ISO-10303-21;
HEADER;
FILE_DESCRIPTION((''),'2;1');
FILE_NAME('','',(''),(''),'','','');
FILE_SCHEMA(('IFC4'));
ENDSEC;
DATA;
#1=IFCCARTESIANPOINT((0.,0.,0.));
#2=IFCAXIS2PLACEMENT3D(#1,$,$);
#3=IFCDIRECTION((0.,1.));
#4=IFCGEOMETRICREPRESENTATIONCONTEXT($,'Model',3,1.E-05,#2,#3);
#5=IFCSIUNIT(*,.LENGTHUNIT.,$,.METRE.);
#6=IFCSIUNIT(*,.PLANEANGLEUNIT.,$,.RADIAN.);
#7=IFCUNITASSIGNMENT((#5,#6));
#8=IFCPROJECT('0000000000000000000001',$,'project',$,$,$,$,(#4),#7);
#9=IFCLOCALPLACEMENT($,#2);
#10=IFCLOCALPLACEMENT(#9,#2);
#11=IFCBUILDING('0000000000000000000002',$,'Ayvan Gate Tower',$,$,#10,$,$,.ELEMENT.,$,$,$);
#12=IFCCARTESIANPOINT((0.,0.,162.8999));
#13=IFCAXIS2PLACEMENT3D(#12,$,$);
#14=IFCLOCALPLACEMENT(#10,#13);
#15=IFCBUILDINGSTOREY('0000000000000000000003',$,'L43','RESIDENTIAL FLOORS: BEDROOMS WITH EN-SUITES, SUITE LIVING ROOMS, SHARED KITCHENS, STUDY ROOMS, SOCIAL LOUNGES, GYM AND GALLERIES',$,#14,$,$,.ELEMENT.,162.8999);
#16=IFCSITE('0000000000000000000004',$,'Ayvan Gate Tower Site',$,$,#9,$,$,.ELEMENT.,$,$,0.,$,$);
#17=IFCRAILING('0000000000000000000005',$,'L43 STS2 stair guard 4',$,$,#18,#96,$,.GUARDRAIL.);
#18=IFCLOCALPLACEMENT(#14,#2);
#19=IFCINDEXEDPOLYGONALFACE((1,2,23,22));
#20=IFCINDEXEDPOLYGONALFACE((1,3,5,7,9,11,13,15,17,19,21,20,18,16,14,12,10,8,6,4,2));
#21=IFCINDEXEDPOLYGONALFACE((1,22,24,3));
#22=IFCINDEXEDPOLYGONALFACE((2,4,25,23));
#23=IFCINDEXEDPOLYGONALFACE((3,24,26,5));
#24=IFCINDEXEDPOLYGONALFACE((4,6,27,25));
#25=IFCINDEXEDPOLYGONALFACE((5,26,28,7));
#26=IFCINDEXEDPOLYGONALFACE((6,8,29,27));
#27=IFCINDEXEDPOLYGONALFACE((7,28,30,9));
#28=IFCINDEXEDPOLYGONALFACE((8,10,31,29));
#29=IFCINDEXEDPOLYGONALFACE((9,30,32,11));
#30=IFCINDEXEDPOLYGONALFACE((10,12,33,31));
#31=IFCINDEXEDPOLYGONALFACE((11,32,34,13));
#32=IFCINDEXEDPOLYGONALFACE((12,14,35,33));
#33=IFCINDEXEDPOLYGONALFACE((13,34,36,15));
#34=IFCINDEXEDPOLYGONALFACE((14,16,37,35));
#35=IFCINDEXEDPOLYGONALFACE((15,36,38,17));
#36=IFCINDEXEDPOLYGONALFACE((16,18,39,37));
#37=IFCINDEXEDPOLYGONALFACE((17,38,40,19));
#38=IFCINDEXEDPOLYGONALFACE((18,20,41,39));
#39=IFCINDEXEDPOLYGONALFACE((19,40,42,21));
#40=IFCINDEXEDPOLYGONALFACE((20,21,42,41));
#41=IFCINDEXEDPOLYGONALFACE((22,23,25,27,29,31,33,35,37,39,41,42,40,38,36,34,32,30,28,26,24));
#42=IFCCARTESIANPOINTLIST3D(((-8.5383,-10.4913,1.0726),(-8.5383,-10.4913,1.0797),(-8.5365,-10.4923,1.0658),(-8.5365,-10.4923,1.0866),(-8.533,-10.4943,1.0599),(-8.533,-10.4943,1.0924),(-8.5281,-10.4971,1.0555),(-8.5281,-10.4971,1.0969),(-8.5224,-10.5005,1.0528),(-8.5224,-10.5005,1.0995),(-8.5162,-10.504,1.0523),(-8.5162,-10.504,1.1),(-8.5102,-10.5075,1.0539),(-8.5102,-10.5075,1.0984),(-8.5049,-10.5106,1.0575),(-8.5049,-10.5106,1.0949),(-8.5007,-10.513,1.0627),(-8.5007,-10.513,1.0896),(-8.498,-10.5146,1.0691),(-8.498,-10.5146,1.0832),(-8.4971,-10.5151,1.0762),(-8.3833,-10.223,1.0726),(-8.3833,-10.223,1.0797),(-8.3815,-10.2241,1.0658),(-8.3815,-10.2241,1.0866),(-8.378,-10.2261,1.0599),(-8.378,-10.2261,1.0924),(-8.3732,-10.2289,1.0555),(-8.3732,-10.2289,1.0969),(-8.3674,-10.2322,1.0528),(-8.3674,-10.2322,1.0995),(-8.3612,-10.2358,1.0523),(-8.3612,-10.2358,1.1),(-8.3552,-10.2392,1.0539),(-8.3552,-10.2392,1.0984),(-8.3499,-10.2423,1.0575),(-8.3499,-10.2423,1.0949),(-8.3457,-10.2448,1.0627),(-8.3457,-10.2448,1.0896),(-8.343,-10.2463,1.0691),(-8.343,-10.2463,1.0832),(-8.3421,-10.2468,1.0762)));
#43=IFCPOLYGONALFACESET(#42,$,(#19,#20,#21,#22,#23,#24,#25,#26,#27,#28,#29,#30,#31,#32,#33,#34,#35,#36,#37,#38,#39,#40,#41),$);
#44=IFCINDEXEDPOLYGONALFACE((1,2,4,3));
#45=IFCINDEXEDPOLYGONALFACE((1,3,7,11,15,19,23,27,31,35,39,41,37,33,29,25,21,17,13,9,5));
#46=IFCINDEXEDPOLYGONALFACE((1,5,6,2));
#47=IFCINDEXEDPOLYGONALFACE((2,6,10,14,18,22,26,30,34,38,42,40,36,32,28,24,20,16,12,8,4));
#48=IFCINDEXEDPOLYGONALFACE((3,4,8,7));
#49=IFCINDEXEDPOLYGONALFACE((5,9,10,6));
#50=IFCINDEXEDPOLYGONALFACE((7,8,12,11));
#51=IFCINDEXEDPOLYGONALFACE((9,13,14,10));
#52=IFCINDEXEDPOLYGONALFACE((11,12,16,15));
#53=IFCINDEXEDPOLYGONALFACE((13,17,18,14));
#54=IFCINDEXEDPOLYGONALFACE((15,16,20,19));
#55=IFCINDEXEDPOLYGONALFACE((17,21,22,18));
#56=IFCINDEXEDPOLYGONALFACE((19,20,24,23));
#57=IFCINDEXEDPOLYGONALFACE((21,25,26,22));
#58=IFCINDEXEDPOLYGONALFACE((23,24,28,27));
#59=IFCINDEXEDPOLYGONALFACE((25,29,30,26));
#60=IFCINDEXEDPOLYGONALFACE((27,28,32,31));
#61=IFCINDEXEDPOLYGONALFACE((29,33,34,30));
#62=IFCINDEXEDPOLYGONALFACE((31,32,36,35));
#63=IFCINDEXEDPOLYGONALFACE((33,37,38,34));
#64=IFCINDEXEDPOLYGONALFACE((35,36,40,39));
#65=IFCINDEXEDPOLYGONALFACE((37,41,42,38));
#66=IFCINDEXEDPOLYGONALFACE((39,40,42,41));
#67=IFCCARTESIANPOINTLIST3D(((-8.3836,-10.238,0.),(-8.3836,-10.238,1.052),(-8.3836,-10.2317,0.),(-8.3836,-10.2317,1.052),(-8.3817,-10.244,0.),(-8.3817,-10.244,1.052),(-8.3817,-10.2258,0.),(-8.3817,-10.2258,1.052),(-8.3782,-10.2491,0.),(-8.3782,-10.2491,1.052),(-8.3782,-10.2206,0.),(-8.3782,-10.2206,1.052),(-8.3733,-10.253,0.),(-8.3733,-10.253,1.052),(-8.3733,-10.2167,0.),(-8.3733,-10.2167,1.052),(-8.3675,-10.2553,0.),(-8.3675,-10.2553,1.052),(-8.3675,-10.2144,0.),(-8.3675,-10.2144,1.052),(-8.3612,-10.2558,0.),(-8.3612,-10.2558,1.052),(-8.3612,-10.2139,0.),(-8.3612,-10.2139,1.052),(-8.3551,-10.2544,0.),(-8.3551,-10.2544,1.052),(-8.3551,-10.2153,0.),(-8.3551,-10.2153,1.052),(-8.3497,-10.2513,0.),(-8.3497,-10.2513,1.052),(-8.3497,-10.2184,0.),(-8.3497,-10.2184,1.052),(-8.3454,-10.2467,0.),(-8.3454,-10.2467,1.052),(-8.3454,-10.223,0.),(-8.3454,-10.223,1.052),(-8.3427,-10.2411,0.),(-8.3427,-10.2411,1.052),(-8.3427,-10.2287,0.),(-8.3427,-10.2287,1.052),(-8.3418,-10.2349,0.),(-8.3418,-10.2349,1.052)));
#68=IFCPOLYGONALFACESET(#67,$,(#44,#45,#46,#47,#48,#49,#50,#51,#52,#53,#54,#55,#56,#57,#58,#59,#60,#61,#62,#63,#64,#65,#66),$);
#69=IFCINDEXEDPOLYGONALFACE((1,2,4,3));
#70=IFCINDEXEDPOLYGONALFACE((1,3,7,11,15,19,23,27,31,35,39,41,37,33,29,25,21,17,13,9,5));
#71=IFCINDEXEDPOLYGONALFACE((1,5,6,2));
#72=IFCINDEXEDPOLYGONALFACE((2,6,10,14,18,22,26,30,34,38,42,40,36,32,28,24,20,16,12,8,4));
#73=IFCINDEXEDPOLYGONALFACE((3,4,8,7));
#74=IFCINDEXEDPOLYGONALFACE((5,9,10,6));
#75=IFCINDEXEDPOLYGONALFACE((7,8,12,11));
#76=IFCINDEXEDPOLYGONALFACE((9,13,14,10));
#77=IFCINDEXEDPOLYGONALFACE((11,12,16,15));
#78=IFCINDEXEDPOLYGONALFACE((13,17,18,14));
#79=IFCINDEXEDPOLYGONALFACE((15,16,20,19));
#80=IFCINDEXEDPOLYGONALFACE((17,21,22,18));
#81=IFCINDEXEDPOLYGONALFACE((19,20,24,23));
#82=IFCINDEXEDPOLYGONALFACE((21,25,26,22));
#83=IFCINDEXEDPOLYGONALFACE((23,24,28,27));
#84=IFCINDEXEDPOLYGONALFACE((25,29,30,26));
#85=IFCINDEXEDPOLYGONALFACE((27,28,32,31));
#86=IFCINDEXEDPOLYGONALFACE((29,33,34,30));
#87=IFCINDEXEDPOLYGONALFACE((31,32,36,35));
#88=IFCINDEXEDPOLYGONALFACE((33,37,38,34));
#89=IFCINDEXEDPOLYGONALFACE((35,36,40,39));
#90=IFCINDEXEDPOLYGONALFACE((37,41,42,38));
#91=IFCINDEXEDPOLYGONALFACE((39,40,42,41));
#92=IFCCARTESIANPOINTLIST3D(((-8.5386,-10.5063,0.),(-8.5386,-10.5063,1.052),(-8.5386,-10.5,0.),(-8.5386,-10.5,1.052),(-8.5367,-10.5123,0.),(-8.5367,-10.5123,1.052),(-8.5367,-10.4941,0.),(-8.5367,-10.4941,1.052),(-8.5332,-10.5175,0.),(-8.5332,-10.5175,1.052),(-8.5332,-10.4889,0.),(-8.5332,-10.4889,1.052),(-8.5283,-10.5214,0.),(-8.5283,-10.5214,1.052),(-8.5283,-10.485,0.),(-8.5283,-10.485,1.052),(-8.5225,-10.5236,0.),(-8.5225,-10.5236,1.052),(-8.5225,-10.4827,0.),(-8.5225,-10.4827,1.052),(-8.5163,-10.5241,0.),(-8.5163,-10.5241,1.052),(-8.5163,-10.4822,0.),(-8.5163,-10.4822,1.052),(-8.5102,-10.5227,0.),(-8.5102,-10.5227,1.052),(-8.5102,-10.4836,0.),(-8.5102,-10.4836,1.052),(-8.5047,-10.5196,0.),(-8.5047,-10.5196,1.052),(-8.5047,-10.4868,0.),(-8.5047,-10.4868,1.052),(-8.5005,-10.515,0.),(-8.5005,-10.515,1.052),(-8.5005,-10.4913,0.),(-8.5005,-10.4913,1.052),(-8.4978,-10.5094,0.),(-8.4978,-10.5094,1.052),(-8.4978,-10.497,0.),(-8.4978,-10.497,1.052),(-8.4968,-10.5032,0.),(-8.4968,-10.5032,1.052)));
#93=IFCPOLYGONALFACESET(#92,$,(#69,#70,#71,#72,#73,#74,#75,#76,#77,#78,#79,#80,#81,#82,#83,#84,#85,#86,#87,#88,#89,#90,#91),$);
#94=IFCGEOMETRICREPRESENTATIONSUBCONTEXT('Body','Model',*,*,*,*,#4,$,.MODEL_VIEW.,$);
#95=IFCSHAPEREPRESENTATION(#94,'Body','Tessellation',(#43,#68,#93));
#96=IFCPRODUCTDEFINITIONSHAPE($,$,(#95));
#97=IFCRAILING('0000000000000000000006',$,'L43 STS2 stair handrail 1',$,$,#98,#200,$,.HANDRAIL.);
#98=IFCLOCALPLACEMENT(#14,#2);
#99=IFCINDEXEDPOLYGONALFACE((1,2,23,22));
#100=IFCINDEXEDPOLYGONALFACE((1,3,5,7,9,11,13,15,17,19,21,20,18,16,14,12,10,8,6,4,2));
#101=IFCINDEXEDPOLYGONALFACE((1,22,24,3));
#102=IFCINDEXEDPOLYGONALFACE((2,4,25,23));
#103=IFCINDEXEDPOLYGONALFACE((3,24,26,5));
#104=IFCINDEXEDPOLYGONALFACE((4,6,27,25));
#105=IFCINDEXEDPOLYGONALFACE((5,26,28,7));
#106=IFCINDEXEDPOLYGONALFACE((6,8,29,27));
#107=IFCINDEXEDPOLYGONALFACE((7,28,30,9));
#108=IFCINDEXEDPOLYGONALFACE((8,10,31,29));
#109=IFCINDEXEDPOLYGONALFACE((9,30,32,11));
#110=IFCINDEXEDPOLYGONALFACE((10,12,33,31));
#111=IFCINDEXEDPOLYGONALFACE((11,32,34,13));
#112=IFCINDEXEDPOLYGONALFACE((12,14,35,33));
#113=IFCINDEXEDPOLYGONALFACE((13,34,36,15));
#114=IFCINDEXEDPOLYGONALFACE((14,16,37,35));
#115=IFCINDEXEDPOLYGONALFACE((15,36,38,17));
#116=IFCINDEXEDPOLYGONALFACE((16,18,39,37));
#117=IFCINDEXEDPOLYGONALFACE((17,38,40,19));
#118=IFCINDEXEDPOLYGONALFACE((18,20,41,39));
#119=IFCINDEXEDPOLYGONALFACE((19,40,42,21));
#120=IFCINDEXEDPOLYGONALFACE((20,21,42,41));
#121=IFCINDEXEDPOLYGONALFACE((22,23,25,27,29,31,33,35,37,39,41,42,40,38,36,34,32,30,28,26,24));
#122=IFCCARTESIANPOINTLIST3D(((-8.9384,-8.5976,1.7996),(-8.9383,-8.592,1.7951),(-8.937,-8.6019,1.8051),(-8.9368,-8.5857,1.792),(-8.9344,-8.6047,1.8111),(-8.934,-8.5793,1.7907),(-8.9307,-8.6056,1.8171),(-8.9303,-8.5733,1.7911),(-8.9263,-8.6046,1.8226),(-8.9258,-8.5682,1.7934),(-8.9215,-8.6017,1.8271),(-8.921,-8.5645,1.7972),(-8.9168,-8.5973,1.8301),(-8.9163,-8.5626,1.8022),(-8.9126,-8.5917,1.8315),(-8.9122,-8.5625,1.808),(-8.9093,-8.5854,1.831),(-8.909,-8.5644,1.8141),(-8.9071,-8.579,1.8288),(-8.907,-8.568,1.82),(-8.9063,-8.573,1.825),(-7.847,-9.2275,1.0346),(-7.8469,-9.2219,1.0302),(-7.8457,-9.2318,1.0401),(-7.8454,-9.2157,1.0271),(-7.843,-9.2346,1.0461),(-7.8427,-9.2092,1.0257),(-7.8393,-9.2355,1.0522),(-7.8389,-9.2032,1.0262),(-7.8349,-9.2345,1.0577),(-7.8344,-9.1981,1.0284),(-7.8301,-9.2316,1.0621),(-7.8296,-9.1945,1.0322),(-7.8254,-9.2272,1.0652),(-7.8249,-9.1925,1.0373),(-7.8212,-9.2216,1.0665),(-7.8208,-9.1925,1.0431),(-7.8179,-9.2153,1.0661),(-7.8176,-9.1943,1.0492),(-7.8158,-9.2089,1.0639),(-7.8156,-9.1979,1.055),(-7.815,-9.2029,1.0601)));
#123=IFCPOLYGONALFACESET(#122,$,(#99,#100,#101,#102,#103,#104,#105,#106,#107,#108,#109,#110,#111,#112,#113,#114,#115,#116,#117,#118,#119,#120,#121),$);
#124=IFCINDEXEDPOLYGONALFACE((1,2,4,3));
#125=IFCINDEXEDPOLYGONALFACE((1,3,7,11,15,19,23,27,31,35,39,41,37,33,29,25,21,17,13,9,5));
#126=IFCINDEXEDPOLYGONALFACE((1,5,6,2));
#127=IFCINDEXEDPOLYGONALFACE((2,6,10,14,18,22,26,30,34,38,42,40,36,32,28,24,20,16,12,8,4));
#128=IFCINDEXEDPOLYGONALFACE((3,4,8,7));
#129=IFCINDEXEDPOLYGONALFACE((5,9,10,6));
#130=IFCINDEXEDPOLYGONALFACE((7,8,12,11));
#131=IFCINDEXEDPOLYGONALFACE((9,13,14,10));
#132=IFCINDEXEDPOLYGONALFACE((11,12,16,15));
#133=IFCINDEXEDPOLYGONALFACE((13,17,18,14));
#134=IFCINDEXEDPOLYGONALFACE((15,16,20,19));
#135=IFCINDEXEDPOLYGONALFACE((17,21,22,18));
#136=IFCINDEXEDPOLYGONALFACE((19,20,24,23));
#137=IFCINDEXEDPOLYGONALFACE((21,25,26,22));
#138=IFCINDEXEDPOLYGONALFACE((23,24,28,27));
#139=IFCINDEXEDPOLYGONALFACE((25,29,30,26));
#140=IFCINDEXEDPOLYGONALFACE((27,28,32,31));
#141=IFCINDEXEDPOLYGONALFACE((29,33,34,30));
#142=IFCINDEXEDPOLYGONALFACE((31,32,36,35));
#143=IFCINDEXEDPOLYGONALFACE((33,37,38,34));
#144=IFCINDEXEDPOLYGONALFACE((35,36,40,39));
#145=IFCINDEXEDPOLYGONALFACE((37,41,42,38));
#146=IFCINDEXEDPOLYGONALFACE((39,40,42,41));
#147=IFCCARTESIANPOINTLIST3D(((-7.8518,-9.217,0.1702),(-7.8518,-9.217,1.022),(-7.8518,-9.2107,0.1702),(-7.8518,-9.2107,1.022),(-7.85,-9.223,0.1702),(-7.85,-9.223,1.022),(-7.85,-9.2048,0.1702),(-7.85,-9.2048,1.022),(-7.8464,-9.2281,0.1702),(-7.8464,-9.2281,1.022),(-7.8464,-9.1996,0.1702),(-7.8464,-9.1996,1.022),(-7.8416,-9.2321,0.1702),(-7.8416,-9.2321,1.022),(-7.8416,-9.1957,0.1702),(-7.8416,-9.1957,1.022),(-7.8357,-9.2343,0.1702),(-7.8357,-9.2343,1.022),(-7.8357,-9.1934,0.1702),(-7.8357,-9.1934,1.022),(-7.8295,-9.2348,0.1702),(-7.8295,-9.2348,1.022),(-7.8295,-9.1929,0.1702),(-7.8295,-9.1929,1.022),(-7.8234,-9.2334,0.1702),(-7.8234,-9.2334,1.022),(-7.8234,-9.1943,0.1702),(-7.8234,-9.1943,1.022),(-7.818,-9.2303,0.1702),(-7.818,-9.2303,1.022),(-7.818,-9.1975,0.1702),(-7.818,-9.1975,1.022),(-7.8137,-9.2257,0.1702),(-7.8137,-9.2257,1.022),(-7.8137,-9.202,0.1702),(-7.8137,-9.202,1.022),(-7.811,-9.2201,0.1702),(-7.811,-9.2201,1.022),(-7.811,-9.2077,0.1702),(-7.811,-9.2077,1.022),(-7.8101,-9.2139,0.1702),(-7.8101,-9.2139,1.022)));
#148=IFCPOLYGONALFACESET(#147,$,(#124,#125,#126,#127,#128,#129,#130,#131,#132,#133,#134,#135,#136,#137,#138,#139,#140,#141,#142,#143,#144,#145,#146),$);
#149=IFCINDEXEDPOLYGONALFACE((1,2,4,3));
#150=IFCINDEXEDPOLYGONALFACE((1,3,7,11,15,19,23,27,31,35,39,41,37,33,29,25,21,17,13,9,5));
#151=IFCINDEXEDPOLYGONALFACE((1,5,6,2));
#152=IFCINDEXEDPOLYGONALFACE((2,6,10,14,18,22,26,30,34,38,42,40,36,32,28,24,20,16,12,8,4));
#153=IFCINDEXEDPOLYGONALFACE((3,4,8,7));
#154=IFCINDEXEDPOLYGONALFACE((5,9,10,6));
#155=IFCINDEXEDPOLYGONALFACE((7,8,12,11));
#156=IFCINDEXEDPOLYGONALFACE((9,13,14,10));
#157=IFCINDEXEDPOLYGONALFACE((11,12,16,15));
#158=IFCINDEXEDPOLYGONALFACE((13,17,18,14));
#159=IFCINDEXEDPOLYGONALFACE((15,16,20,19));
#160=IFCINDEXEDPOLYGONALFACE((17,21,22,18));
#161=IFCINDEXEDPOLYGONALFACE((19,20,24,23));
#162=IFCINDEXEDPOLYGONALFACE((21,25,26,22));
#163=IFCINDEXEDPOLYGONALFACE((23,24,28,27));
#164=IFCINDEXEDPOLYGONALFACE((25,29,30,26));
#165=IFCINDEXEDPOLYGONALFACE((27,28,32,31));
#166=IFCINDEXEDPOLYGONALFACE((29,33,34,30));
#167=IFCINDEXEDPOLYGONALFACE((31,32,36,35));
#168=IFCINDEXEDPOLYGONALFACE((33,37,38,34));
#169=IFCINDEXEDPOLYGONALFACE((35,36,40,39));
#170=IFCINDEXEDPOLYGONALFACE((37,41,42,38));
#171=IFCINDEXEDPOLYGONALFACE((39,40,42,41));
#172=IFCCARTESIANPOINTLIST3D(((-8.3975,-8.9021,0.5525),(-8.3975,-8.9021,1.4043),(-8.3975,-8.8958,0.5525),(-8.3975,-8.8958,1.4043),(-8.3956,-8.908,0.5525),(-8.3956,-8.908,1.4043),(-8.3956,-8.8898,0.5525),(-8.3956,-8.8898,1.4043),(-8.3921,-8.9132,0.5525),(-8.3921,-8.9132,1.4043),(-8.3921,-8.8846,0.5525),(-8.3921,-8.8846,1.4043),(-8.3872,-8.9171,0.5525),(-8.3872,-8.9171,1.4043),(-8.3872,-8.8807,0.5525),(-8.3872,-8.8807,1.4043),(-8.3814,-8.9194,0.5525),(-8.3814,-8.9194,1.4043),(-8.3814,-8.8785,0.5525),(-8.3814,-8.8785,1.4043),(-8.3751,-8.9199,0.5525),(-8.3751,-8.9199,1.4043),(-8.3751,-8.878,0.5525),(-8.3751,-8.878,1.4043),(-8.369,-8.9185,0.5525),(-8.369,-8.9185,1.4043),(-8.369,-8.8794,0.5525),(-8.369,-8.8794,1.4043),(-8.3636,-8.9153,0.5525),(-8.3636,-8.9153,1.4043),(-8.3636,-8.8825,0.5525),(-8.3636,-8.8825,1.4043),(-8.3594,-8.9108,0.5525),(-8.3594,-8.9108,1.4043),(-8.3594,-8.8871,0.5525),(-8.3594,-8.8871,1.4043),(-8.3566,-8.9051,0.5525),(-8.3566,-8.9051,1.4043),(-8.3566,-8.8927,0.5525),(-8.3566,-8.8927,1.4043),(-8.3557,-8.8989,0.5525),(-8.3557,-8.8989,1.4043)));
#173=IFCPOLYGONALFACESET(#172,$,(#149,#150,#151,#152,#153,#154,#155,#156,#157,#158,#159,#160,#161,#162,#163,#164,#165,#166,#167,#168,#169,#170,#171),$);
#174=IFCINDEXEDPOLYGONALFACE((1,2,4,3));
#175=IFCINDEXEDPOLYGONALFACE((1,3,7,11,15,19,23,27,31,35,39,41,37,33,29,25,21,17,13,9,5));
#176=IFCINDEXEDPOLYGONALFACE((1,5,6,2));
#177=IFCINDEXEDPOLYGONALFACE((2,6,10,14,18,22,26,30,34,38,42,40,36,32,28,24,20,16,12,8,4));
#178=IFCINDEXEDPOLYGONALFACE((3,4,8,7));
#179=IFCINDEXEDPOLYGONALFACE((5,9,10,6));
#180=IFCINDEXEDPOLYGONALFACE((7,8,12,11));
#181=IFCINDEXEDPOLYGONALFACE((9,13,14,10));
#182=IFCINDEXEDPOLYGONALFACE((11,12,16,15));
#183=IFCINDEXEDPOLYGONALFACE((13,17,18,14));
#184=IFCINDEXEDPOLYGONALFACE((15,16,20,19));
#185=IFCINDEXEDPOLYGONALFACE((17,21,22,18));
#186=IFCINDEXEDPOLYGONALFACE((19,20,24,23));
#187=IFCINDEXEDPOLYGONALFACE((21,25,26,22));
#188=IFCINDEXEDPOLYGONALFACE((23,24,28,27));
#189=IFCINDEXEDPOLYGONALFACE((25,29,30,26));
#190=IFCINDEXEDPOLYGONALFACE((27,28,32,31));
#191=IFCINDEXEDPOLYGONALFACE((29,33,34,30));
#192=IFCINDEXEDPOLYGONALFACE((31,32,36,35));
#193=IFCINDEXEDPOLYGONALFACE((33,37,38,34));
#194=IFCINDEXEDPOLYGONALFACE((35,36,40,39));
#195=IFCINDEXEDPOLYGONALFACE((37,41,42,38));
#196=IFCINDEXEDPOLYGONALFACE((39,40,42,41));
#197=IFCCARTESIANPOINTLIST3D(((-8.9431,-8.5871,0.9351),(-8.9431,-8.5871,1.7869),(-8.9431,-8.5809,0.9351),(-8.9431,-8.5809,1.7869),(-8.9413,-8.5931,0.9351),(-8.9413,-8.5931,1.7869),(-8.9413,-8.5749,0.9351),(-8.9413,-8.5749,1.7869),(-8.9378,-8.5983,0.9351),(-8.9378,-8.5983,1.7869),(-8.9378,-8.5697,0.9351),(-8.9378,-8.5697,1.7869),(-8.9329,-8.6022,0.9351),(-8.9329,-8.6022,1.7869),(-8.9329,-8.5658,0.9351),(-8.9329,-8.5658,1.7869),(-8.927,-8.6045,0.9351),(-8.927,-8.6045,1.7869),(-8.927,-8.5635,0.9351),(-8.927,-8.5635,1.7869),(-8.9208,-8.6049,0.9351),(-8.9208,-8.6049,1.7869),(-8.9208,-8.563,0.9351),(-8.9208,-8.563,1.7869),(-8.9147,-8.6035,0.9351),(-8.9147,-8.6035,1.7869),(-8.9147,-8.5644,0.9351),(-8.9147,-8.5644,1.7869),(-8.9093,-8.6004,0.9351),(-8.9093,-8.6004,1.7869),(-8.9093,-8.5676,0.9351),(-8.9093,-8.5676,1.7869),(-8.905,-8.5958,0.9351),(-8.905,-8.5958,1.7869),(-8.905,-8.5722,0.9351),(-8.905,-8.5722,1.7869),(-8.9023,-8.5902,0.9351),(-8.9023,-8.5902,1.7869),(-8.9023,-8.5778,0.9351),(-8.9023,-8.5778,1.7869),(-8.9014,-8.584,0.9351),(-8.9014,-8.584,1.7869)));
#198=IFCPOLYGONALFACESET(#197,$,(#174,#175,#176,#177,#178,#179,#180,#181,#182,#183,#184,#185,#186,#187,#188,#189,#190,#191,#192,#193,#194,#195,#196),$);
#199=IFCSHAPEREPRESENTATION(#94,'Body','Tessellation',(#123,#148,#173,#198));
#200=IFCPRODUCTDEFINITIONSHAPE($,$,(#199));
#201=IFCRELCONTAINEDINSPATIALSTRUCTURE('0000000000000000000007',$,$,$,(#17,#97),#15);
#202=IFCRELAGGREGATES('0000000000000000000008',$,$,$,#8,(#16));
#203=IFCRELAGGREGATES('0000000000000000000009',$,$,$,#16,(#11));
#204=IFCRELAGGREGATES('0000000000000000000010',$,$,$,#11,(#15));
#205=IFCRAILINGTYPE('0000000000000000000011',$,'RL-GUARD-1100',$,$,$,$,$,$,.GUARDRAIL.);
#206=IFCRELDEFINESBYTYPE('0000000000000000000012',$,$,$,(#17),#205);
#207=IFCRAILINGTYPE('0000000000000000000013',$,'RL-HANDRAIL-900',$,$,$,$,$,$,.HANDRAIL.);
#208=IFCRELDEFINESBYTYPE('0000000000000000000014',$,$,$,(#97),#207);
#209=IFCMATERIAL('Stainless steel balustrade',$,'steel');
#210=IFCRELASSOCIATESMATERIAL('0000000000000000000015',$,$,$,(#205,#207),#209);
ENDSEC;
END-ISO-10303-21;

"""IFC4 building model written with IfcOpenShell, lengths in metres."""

from ifc_helpers import new_model, si_unit, direction, frame, origin, origin_2d, place, context, subcontext, project, spatial, circle, extrude, material, type_object, element, save


model = new_model("IFC4")

# Units and contexts
model_context = context("Model", 3, precision=1e-05, world=origin(), true_north=direction((0.0, 1.0)))
body_context = subcontext(model_context, "Body", "Model", "MODEL_VIEW")
ifc_project = project(units=[si_unit("LENGTHUNIT", "METRE"), si_unit("PLANEANGLEUNIT", "RADIAN")], contexts=[model_context])

# Site, building, storey
site_placement = place(None, origin())
site = spatial("IfcSite", under=ifc_project, at=site_placement, Name="Ayvan Gate Tower Site", CompositionType="ELEMENT", RefElevation=0.0)
building_placement = place(site_placement, origin())
building = spatial("IfcBuilding", under=site, at=building_placement, Name="Ayvan Gate Tower", CompositionType="ELEMENT")
storey_placement = place(building_placement, frame((0.0, 0.0, 162.8999)))
storey = spatial("IfcBuildingStorey", under=building, at=storey_placement, Name="L43", Description="RESIDENTIAL FLOORS: BEDROOMS WITH EN-SUITES, SUITE LIVING ROOMS, SHARED KITCHENS, STUDY ROOMS, SOCIAL LOUNGES, GYM AND GALLERIES", CompositionType="ELEMENT", Elevation=162.8999)

# Railings
ifc_material_1 = material(Name="Stainless steel balustrade", Category="steel")
railing_type_1 = type_object("IfcRailingType", Name="RL-GUARD-1100", PredefinedType="GUARDRAIL", material=ifc_material_1)
railing_1_placement = place(storey_placement, frame((-8.3628, -10.2349, 0.0)))
element("IfcRailing", 1, at=railing_1_placement, inside=storey, type_object=railing_type_1, Name="L43 STS2 stair guard 4", PredefinedType="GUARDRAIL", context=body_context, shape_type="SweptSolid", body=[
    extrude(circle(Radius=0.0239, at=origin_2d()), frame((0.0, 0.0, 1.0762), z_axis=(-0.500291, -0.865857, 0.0), x_axis=(0.865857, -0.500291, 0.0)), (0.0, 0.0, 1.0), 0.3098),
    extrude(circle(Radius=0.021, at=origin_2d()), origin(), (0.0, 0.0, 1.0), 1.052),
    extrude(circle(Radius=0.021, at=origin_2d()), frame((-0.155, -0.2683, 0.0)), (0.0, 0.0, 1.0), 1.052),
])
railing_type_2 = type_object("IfcRailingType", Name="RL-HANDRAIL-900", PredefinedType="HANDRAIL", material=ifc_material_1)
railing_2_placement = place(storey_placement, frame((-7.8311, -9.2139, 0.1702)))
element("IfcRailing", 2, at=railing_2_placement, inside=storey, type_object=railing_type_2, Name="L43 STS2 stair handrail 1", PredefinedType="HANDRAIL", context=body_context, shape_type="SweptSolid", body=[
    extrude(circle(Radius=0.0239, at=origin_2d()), frame((0.0, 0.0, 0.876), z_axis=(-0.740357, 0.42732, 0.518912), x_axis=(-0.49989, -0.866089, 0.0)), (0.0, 0.0, 1.0), 1.4741),
    extrude(circle(Radius=0.021, at=origin_2d()), origin(), (0.0, 0.0, 1.0), 0.8518),
    extrude(circle(Radius=0.021, at=origin_2d()), frame((-0.5457, 0.3149, 0.3823)), (0.0, 0.0, 1.0), 0.8518),
    extrude(circle(Radius=0.021, at=origin_2d()), frame((-1.0913, 0.6299, 0.7649)), (0.0, 0.0, 1.0), 0.8518),
])

save(model, "model.ifc")
